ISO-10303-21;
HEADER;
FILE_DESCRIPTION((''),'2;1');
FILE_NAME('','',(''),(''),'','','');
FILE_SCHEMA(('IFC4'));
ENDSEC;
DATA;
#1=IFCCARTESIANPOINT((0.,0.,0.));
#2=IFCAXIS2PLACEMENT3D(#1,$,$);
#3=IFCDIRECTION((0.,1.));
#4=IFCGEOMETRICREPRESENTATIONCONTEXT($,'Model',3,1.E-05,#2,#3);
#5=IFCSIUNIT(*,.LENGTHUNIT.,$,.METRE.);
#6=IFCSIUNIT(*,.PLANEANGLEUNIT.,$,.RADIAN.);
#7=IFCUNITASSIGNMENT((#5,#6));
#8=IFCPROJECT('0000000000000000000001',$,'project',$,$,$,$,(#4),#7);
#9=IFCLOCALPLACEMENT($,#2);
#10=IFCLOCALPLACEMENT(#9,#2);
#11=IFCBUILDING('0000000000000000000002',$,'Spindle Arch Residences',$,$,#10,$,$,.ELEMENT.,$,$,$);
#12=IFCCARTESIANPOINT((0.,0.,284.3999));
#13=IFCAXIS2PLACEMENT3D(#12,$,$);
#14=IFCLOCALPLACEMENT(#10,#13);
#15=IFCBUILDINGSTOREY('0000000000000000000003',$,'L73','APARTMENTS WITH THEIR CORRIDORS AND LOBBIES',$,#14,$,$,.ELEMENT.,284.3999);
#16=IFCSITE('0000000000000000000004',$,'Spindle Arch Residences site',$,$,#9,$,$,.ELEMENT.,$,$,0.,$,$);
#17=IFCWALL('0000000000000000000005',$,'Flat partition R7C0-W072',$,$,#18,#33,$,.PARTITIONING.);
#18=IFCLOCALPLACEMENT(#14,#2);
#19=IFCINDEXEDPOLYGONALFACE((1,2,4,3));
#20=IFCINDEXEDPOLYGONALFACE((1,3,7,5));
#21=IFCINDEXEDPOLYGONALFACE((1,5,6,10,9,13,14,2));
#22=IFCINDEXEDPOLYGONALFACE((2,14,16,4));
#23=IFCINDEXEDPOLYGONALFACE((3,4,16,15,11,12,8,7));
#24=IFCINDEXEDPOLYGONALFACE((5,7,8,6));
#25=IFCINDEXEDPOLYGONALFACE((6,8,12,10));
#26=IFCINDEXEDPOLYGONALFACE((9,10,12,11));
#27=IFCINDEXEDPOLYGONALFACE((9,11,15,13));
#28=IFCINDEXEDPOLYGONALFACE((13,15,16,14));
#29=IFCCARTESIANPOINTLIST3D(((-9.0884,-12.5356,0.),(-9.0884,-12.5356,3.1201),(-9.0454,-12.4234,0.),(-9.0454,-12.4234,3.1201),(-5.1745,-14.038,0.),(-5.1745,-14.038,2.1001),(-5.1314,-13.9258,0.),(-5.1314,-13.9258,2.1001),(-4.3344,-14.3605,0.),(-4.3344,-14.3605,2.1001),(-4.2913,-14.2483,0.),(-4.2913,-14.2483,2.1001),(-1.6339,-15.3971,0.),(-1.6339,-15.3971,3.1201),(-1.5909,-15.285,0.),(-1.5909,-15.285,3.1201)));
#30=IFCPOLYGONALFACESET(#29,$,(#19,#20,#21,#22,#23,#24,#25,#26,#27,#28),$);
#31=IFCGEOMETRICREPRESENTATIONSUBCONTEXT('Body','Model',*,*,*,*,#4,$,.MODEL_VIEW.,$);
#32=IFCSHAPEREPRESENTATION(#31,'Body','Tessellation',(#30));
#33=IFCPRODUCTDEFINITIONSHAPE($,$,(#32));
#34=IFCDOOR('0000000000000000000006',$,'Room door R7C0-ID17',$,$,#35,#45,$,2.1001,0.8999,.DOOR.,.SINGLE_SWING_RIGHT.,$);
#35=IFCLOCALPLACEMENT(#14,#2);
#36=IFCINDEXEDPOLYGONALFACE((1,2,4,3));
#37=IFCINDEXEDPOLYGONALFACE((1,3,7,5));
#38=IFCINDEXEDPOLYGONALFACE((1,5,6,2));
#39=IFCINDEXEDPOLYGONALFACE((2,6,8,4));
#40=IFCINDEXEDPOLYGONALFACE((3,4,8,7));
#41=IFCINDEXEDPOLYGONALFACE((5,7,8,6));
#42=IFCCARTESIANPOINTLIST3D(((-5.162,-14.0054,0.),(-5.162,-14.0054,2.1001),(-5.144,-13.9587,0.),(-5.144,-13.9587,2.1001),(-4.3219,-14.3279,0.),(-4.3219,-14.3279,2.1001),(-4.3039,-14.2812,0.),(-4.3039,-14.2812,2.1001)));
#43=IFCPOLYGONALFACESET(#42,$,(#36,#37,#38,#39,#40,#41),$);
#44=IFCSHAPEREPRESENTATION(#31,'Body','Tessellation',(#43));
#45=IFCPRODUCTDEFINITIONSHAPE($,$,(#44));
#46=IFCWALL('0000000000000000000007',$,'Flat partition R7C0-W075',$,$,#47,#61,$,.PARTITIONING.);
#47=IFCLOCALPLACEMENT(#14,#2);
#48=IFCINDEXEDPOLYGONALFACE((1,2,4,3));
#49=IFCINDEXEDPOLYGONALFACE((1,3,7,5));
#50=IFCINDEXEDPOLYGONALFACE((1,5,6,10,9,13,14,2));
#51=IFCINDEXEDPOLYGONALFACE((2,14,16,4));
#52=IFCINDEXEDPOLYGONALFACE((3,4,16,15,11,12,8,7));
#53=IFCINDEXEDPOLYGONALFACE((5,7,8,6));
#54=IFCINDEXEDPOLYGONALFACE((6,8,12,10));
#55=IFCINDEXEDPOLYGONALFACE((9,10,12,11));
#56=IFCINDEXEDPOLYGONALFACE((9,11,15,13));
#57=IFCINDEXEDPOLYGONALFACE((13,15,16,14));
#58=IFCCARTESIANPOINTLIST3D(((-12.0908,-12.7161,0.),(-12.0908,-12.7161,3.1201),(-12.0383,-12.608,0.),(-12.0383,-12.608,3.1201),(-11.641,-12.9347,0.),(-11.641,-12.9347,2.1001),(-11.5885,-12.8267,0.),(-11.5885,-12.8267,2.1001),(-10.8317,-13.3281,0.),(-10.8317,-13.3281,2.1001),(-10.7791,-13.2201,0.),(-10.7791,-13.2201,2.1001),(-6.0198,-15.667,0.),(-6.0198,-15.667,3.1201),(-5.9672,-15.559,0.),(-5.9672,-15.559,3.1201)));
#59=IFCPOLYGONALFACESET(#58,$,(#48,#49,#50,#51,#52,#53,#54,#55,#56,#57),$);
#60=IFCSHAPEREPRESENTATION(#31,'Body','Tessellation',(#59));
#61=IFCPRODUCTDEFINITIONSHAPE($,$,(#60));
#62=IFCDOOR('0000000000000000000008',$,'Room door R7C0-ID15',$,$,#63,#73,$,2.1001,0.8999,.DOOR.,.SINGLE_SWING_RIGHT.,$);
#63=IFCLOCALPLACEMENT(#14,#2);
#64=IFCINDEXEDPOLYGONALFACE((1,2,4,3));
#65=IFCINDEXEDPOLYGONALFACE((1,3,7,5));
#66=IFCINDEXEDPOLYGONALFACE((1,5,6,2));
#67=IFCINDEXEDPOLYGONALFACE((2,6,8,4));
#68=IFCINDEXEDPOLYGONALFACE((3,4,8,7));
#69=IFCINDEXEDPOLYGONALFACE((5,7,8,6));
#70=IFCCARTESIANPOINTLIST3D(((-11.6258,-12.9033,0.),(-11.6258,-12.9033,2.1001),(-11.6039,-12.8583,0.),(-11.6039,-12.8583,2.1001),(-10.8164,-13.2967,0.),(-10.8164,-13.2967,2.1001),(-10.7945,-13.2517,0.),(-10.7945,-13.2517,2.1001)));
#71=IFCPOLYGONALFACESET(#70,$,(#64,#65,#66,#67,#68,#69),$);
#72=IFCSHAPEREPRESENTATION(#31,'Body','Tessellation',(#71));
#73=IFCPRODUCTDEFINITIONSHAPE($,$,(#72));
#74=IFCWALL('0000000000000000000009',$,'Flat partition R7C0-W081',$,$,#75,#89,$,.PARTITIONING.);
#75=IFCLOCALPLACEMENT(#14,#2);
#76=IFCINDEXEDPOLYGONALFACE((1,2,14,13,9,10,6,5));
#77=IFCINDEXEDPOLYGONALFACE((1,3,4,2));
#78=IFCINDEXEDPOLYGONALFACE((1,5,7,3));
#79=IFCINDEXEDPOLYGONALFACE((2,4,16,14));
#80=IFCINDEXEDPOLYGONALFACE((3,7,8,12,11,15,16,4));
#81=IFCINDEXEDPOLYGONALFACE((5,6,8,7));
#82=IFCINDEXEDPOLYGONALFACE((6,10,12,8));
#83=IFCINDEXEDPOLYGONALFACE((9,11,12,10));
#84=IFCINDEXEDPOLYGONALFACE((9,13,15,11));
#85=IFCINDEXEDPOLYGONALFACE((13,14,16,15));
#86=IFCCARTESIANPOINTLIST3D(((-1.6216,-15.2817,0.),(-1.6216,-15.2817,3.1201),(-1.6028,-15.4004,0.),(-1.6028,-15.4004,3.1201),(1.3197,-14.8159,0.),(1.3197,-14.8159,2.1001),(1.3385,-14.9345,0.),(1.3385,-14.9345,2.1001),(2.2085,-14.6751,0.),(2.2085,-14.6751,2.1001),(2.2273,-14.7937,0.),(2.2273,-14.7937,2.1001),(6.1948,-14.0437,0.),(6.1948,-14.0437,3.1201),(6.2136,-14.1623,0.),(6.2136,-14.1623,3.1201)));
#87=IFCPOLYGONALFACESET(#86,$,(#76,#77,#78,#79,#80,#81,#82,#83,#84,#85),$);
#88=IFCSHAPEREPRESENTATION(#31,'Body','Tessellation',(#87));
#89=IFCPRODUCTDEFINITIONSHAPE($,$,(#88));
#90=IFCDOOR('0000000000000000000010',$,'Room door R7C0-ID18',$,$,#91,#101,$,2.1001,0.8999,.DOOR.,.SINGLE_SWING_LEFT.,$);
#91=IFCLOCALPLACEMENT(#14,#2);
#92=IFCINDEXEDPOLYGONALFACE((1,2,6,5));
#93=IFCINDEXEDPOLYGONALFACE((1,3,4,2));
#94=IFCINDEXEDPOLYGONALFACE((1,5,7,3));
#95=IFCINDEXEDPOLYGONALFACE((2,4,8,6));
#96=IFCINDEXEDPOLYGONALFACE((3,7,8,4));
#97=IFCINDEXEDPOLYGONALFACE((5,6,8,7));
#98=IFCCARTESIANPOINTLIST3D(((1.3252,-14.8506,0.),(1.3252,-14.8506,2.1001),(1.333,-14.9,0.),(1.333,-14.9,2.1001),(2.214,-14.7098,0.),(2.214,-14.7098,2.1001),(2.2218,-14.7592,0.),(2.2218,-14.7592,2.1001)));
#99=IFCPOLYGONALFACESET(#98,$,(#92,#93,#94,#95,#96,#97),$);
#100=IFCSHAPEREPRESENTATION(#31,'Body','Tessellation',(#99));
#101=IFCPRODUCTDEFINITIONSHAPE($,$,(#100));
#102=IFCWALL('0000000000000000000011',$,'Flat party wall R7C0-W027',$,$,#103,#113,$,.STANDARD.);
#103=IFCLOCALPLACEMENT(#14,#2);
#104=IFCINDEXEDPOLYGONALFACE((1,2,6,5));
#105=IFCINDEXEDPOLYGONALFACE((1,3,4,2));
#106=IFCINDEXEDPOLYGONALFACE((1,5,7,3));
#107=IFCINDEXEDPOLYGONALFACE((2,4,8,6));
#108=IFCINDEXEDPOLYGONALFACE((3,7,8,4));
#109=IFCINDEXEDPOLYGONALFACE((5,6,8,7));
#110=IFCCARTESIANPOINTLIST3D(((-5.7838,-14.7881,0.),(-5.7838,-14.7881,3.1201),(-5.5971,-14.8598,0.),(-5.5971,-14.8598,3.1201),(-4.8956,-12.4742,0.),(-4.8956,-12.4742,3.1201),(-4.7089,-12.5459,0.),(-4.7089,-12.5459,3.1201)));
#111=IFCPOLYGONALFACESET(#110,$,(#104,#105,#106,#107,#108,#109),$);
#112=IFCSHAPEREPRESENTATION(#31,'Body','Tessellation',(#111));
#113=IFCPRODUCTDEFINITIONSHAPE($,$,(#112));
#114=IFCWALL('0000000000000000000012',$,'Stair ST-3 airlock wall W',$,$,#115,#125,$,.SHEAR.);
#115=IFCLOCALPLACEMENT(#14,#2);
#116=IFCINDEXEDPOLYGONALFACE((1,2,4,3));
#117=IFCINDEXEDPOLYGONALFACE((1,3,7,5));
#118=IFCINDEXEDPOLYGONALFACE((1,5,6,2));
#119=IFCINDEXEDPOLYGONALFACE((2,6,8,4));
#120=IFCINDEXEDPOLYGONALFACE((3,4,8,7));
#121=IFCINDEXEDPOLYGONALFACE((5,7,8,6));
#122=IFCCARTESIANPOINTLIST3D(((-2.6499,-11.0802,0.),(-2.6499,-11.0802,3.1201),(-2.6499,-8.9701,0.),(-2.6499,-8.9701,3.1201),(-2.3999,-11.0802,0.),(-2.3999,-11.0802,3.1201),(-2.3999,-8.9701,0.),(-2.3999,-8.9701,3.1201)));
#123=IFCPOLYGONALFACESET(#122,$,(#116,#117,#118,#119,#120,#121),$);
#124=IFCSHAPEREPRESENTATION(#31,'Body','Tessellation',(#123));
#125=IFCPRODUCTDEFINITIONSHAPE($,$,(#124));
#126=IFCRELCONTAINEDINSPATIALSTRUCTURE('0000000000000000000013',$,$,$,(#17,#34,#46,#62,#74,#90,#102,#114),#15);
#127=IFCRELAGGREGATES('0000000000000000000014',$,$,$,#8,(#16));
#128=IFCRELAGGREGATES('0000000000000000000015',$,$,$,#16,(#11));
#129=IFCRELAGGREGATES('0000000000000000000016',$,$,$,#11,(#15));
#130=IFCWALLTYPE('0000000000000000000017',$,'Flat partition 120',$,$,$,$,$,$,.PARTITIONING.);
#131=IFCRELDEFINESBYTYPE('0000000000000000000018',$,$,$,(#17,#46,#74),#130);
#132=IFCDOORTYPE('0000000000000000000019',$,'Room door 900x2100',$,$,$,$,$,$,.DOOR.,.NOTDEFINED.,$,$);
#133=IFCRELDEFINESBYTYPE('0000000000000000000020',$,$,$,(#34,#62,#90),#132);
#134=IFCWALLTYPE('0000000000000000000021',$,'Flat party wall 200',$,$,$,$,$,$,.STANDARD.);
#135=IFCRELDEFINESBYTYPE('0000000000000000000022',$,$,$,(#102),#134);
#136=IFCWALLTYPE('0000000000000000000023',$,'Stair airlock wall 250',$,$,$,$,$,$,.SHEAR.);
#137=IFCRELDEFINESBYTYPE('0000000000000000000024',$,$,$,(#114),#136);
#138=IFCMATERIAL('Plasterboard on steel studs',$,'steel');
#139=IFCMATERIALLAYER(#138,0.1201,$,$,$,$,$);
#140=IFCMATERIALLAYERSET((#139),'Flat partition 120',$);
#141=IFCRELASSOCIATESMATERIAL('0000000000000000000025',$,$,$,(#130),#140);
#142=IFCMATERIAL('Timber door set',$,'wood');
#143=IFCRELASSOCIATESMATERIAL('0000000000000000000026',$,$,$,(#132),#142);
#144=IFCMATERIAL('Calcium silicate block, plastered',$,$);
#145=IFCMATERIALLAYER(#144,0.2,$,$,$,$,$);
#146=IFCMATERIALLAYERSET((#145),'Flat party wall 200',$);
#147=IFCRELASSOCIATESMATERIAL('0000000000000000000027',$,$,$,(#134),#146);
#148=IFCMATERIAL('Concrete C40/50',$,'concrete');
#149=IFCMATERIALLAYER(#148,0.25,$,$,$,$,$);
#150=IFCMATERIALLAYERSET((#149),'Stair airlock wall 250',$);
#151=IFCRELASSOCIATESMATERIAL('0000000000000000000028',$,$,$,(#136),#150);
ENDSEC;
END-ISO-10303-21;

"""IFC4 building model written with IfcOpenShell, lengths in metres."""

from ifc_helpers import new_model, si_unit, direction, frame, frame_2d, origin, place, context, subcontext, project, spatial, rectangle, extrude, material, layer, layer_set, type_object, element, fill, save


model = new_model("IFC4")

# Units and contexts
model_context = context("Model", 3, precision=1e-05, world=origin(), true_north=direction((0.0, 1.0)))
body_context = subcontext(model_context, "Body", "Model", "MODEL_VIEW")
ifc_project = project(units=[si_unit("LENGTHUNIT", "METRE"), si_unit("PLANEANGLEUNIT", "RADIAN")], contexts=[model_context])

# Site, building, storey
site_placement = place(None, origin())
site = spatial("IfcSite", under=ifc_project, at=site_placement, Name="Spindle Arch Residences site", CompositionType="ELEMENT", RefElevation=0.0)
building_placement = place(site_placement, origin())
building = spatial("IfcBuilding", under=site, at=building_placement, Name="Spindle Arch Residences", CompositionType="ELEMENT")
storey_placement = place(building_placement, frame((0.0, 0.0, 284.3999)))
storey = spatial("IfcBuildingStorey", under=building, at=storey_placement, Name="L73", Description="APARTMENTS WITH THEIR CORRIDORS AND LOBBIES", CompositionType="ELEMENT", Elevation=284.3999)

# Walls, openings, doors
ifc_material_1 = material(Name="Plasterboard on steel studs", Category="steel")
ifc_layer_1 = layer(ifc_material_1, 0.1201)
ifc_layer_set_1 = layer_set([ifc_layer_1], Name="Flat partition 120")
wall_type_1 = type_object("IfcWallType", Name="Flat partition 120", PredefinedType="PARTITIONING", material=ifc_layer_set_1)
ifc_material_2 = material(Name="Timber door set", Category="wood")
door_type_1 = type_object("IfcDoorType", Name="Room door 900x2100", OperationType="NOTDEFINED", PredefinedType="DOOR", material=ifc_material_2)
wall_1_placement = place(storey_placement, frame((-9.0669, -12.4795, 0.0), z_axis=(0.0, 0.0, 1.0), x_axis=(0.933579, -0.35837, 0.0)))
wall_1 = element("IfcWall", 1, at=wall_1_placement, inside=storey, type_object=wall_type_1, Name="Flat partition R7C0-W072", PredefinedType="PARTITIONING", context=body_context, shape_type="SweptSolid", body=[
    extrude(rectangle(XDim=7.9849, YDim=0.1201, at=frame_2d((3.9924, 0.0))), origin(), (0.0, 0.0, 1.0), 3.1201),
])
opening_1_placement = place(wall_1_placement, frame((4.1924, 0.0, 0.0)))
opening_1 = element("IfcOpeningElement", 2, at=opening_1_placement, cuts=wall_1, PredefinedType="OPENING", context=body_context, shape_type="SweptSolid", body=[
    extrude(rectangle(XDim=0.8999, YDim=2.1001, at=frame_2d((0.45, 1.05))), frame((0.0, 0.0701, 0.0), z_axis=(0.0, -1.0, 0.0), x_axis=(1.0, 0.0, 0.0)), (0.0, 0.0, 1.0), 0.1401),
])
door_1_placement = place(opening_1_placement, origin())
door_1 = element("IfcDoor", 3, at=door_1_placement, inside=storey, type_object=door_type_1, Name="Room door R7C0-ID17", OperationType="SINGLE_SWING_RIGHT", OverallHeight=2.1001, OverallWidth=0.8999, PredefinedType="DOOR", context=body_context, shape_type="SweptSolid", body=[
    extrude(rectangle(XDim=0.8999, YDim=2.1001, at=frame_2d((0.45, 1.05))), frame((0.0, 0.0249, 0.0), z_axis=(0.0, -1.0, 0.0), x_axis=(1.0, 0.0, 0.0)), (0.0, 0.0, 1.0), 0.05),
])
fill(opening_1, door_1)
wall_2_placement = place(storey_placement, frame((-12.0645, -12.6621, 0.0), z_axis=(0.0, 0.0, 1.0), x_axis=(0.899384, -0.43716, 0.0)))
wall_2 = element("IfcWall", 4, at=wall_2_placement, inside=storey, type_object=wall_type_1, Name="Flat partition R7C0-W075", PredefinedType="PARTITIONING", context=body_context, shape_type="SweptSolid", body=[
    extrude(rectangle(XDim=6.7502, YDim=0.1201, at=frame_2d((3.375, 0.0))), origin(), (0.0, 0.0, 1.0), 3.1201),
])
opening_2_placement = place(wall_2_placement, frame((0.5, 0.0, 0.0)))
opening_2 = element("IfcOpeningElement", 5, at=opening_2_placement, cuts=wall_2, PredefinedType="OPENING", context=body_context, shape_type="SweptSolid", body=[
    extrude(rectangle(XDim=0.8999, YDim=2.1001, at=frame_2d((0.45, 1.05))), frame((0.0, 0.0701, 0.0), z_axis=(0.0, -1.0, 0.0), x_axis=(1.0, 0.0, 0.0)), (0.0, 0.0, 1.0), 0.1401),
])
door_2_placement = place(opening_2_placement, origin())
door_2 = element("IfcDoor", 6, at=door_2_placement, inside=storey, type_object=door_type_1, Name="Room door R7C0-ID15", OperationType="SINGLE_SWING_RIGHT", OverallHeight=2.1001, OverallWidth=0.8999, PredefinedType="DOOR", context=body_context, shape_type="SweptSolid", body=[
    extrude(rectangle(XDim=0.8999, YDim=2.1001, at=frame_2d((0.45, 1.05))), frame((0.0, 0.0249, 0.0), z_axis=(0.0, -1.0, 0.0), x_axis=(1.0, 0.0, 0.0)), (0.0, 0.0, 1.0), 0.05),
])
fill(opening_2, door_2)
wall_3_placement = place(storey_placement, frame((-1.6123, -15.3411, 0.0), z_axis=(0.0, 0.0, 1.0), x_axis=(0.987688, 0.156439, 0.0)))
wall_3 = element("IfcWall", 7, at=wall_3_placement, inside=storey, type_object=wall_type_1, Name="Flat partition R7C0-W081", PredefinedType="PARTITIONING", context=body_context, shape_type="SweptSolid", body=[
    extrude(rectangle(XDim=7.9138, YDim=0.1201, at=frame_2d((3.957, 0.0))), origin(), (0.0, 0.0, 1.0), 3.1201),
])
opening_3_placement = place(wall_3_placement, frame((2.978, 0.0, 0.0)))
opening_3 = element("IfcOpeningElement", 8, at=opening_3_placement, cuts=wall_3, PredefinedType="OPENING", context=body_context, shape_type="SweptSolid", body=[
    extrude(rectangle(XDim=0.8999, YDim=2.1001, at=frame_2d((0.45, 1.05))), frame((0.0, 0.0701, 0.0), z_axis=(0.0, -1.0, 0.0), x_axis=(1.0, 0.0, 0.0)), (0.0, 0.0, 1.0), 0.1401),
])
door_3_placement = place(opening_3_placement, origin())
door_3 = element("IfcDoor", 9, at=door_3_placement, inside=storey, type_object=door_type_1, Name="Room door R7C0-ID18", OperationType="SINGLE_SWING_LEFT", OverallHeight=2.1001, OverallWidth=0.8999, PredefinedType="DOOR", context=body_context, shape_type="SweptSolid", body=[
    extrude(rectangle(XDim=0.8999, YDim=2.1001, at=frame_2d((0.45, 1.05))), frame((0.0, 0.0249, 0.0), z_axis=(0.0, -1.0, 0.0), x_axis=(1.0, 0.0, 0.0)), (0.0, 0.0, 1.0), 0.05),
])
fill(opening_3, door_3)

# Walls
ifc_material_3 = material(Name="Calcium silicate block, plastered")
ifc_layer_2 = layer(ifc_material_3, 0.2)
ifc_layer_set_2 = layer_set([ifc_layer_2], Name="Flat party wall 200")
wall_type_2 = type_object("IfcWallType", Name="Flat party wall 200", PredefinedType="STANDARD", material=ifc_layer_set_2)
wall_4_placement = place(storey_placement, frame((-5.6904, -14.824, 0.0), z_axis=(0.0, 0.0, 1.0), x_axis=(0.358345, 0.933589, 0.0)))
element("IfcWall", 10, at=wall_4_placement, inside=storey, type_object=wall_type_2, Name="Flat party wall R7C0-W027", PredefinedType="STANDARD", context=body_context, shape_type="SweptSolid", body=[
    extrude(rectangle(XDim=2.4785, YDim=0.2, at=frame_2d((1.2393, 0.0))), origin(), (0.0, 0.0, 1.0), 3.1201),
])
ifc_material_4 = material(Name="Concrete C40/50", Category="concrete")
ifc_layer_3 = layer(ifc_material_4, 0.25)
ifc_layer_set_3 = layer_set([ifc_layer_3], Name="Stair airlock wall 250")
wall_type_3 = type_object("IfcWallType", Name="Stair airlock wall 250", PredefinedType="SHEAR", material=ifc_layer_set_3)
wall_5_placement = place(storey_placement, frame((-2.5249, -8.97, 0.0), z_axis=(0.0, 0.0, 1.0), x_axis=(0.0, -1.0, 0.0)))
element("IfcWall", 11, at=wall_5_placement, inside=storey, type_object=wall_type_3, Name="Stair ST-3 airlock wall W", PredefinedType="SHEAR", context=body_context, shape_type="SweptSolid", body=[
    extrude(rectangle(XDim=2.1101, YDim=0.25, at=frame_2d((1.0552, 0.0))), origin(), (0.0, 0.0, 1.0), 3.1201),
])

save(model, "model.ifc")
